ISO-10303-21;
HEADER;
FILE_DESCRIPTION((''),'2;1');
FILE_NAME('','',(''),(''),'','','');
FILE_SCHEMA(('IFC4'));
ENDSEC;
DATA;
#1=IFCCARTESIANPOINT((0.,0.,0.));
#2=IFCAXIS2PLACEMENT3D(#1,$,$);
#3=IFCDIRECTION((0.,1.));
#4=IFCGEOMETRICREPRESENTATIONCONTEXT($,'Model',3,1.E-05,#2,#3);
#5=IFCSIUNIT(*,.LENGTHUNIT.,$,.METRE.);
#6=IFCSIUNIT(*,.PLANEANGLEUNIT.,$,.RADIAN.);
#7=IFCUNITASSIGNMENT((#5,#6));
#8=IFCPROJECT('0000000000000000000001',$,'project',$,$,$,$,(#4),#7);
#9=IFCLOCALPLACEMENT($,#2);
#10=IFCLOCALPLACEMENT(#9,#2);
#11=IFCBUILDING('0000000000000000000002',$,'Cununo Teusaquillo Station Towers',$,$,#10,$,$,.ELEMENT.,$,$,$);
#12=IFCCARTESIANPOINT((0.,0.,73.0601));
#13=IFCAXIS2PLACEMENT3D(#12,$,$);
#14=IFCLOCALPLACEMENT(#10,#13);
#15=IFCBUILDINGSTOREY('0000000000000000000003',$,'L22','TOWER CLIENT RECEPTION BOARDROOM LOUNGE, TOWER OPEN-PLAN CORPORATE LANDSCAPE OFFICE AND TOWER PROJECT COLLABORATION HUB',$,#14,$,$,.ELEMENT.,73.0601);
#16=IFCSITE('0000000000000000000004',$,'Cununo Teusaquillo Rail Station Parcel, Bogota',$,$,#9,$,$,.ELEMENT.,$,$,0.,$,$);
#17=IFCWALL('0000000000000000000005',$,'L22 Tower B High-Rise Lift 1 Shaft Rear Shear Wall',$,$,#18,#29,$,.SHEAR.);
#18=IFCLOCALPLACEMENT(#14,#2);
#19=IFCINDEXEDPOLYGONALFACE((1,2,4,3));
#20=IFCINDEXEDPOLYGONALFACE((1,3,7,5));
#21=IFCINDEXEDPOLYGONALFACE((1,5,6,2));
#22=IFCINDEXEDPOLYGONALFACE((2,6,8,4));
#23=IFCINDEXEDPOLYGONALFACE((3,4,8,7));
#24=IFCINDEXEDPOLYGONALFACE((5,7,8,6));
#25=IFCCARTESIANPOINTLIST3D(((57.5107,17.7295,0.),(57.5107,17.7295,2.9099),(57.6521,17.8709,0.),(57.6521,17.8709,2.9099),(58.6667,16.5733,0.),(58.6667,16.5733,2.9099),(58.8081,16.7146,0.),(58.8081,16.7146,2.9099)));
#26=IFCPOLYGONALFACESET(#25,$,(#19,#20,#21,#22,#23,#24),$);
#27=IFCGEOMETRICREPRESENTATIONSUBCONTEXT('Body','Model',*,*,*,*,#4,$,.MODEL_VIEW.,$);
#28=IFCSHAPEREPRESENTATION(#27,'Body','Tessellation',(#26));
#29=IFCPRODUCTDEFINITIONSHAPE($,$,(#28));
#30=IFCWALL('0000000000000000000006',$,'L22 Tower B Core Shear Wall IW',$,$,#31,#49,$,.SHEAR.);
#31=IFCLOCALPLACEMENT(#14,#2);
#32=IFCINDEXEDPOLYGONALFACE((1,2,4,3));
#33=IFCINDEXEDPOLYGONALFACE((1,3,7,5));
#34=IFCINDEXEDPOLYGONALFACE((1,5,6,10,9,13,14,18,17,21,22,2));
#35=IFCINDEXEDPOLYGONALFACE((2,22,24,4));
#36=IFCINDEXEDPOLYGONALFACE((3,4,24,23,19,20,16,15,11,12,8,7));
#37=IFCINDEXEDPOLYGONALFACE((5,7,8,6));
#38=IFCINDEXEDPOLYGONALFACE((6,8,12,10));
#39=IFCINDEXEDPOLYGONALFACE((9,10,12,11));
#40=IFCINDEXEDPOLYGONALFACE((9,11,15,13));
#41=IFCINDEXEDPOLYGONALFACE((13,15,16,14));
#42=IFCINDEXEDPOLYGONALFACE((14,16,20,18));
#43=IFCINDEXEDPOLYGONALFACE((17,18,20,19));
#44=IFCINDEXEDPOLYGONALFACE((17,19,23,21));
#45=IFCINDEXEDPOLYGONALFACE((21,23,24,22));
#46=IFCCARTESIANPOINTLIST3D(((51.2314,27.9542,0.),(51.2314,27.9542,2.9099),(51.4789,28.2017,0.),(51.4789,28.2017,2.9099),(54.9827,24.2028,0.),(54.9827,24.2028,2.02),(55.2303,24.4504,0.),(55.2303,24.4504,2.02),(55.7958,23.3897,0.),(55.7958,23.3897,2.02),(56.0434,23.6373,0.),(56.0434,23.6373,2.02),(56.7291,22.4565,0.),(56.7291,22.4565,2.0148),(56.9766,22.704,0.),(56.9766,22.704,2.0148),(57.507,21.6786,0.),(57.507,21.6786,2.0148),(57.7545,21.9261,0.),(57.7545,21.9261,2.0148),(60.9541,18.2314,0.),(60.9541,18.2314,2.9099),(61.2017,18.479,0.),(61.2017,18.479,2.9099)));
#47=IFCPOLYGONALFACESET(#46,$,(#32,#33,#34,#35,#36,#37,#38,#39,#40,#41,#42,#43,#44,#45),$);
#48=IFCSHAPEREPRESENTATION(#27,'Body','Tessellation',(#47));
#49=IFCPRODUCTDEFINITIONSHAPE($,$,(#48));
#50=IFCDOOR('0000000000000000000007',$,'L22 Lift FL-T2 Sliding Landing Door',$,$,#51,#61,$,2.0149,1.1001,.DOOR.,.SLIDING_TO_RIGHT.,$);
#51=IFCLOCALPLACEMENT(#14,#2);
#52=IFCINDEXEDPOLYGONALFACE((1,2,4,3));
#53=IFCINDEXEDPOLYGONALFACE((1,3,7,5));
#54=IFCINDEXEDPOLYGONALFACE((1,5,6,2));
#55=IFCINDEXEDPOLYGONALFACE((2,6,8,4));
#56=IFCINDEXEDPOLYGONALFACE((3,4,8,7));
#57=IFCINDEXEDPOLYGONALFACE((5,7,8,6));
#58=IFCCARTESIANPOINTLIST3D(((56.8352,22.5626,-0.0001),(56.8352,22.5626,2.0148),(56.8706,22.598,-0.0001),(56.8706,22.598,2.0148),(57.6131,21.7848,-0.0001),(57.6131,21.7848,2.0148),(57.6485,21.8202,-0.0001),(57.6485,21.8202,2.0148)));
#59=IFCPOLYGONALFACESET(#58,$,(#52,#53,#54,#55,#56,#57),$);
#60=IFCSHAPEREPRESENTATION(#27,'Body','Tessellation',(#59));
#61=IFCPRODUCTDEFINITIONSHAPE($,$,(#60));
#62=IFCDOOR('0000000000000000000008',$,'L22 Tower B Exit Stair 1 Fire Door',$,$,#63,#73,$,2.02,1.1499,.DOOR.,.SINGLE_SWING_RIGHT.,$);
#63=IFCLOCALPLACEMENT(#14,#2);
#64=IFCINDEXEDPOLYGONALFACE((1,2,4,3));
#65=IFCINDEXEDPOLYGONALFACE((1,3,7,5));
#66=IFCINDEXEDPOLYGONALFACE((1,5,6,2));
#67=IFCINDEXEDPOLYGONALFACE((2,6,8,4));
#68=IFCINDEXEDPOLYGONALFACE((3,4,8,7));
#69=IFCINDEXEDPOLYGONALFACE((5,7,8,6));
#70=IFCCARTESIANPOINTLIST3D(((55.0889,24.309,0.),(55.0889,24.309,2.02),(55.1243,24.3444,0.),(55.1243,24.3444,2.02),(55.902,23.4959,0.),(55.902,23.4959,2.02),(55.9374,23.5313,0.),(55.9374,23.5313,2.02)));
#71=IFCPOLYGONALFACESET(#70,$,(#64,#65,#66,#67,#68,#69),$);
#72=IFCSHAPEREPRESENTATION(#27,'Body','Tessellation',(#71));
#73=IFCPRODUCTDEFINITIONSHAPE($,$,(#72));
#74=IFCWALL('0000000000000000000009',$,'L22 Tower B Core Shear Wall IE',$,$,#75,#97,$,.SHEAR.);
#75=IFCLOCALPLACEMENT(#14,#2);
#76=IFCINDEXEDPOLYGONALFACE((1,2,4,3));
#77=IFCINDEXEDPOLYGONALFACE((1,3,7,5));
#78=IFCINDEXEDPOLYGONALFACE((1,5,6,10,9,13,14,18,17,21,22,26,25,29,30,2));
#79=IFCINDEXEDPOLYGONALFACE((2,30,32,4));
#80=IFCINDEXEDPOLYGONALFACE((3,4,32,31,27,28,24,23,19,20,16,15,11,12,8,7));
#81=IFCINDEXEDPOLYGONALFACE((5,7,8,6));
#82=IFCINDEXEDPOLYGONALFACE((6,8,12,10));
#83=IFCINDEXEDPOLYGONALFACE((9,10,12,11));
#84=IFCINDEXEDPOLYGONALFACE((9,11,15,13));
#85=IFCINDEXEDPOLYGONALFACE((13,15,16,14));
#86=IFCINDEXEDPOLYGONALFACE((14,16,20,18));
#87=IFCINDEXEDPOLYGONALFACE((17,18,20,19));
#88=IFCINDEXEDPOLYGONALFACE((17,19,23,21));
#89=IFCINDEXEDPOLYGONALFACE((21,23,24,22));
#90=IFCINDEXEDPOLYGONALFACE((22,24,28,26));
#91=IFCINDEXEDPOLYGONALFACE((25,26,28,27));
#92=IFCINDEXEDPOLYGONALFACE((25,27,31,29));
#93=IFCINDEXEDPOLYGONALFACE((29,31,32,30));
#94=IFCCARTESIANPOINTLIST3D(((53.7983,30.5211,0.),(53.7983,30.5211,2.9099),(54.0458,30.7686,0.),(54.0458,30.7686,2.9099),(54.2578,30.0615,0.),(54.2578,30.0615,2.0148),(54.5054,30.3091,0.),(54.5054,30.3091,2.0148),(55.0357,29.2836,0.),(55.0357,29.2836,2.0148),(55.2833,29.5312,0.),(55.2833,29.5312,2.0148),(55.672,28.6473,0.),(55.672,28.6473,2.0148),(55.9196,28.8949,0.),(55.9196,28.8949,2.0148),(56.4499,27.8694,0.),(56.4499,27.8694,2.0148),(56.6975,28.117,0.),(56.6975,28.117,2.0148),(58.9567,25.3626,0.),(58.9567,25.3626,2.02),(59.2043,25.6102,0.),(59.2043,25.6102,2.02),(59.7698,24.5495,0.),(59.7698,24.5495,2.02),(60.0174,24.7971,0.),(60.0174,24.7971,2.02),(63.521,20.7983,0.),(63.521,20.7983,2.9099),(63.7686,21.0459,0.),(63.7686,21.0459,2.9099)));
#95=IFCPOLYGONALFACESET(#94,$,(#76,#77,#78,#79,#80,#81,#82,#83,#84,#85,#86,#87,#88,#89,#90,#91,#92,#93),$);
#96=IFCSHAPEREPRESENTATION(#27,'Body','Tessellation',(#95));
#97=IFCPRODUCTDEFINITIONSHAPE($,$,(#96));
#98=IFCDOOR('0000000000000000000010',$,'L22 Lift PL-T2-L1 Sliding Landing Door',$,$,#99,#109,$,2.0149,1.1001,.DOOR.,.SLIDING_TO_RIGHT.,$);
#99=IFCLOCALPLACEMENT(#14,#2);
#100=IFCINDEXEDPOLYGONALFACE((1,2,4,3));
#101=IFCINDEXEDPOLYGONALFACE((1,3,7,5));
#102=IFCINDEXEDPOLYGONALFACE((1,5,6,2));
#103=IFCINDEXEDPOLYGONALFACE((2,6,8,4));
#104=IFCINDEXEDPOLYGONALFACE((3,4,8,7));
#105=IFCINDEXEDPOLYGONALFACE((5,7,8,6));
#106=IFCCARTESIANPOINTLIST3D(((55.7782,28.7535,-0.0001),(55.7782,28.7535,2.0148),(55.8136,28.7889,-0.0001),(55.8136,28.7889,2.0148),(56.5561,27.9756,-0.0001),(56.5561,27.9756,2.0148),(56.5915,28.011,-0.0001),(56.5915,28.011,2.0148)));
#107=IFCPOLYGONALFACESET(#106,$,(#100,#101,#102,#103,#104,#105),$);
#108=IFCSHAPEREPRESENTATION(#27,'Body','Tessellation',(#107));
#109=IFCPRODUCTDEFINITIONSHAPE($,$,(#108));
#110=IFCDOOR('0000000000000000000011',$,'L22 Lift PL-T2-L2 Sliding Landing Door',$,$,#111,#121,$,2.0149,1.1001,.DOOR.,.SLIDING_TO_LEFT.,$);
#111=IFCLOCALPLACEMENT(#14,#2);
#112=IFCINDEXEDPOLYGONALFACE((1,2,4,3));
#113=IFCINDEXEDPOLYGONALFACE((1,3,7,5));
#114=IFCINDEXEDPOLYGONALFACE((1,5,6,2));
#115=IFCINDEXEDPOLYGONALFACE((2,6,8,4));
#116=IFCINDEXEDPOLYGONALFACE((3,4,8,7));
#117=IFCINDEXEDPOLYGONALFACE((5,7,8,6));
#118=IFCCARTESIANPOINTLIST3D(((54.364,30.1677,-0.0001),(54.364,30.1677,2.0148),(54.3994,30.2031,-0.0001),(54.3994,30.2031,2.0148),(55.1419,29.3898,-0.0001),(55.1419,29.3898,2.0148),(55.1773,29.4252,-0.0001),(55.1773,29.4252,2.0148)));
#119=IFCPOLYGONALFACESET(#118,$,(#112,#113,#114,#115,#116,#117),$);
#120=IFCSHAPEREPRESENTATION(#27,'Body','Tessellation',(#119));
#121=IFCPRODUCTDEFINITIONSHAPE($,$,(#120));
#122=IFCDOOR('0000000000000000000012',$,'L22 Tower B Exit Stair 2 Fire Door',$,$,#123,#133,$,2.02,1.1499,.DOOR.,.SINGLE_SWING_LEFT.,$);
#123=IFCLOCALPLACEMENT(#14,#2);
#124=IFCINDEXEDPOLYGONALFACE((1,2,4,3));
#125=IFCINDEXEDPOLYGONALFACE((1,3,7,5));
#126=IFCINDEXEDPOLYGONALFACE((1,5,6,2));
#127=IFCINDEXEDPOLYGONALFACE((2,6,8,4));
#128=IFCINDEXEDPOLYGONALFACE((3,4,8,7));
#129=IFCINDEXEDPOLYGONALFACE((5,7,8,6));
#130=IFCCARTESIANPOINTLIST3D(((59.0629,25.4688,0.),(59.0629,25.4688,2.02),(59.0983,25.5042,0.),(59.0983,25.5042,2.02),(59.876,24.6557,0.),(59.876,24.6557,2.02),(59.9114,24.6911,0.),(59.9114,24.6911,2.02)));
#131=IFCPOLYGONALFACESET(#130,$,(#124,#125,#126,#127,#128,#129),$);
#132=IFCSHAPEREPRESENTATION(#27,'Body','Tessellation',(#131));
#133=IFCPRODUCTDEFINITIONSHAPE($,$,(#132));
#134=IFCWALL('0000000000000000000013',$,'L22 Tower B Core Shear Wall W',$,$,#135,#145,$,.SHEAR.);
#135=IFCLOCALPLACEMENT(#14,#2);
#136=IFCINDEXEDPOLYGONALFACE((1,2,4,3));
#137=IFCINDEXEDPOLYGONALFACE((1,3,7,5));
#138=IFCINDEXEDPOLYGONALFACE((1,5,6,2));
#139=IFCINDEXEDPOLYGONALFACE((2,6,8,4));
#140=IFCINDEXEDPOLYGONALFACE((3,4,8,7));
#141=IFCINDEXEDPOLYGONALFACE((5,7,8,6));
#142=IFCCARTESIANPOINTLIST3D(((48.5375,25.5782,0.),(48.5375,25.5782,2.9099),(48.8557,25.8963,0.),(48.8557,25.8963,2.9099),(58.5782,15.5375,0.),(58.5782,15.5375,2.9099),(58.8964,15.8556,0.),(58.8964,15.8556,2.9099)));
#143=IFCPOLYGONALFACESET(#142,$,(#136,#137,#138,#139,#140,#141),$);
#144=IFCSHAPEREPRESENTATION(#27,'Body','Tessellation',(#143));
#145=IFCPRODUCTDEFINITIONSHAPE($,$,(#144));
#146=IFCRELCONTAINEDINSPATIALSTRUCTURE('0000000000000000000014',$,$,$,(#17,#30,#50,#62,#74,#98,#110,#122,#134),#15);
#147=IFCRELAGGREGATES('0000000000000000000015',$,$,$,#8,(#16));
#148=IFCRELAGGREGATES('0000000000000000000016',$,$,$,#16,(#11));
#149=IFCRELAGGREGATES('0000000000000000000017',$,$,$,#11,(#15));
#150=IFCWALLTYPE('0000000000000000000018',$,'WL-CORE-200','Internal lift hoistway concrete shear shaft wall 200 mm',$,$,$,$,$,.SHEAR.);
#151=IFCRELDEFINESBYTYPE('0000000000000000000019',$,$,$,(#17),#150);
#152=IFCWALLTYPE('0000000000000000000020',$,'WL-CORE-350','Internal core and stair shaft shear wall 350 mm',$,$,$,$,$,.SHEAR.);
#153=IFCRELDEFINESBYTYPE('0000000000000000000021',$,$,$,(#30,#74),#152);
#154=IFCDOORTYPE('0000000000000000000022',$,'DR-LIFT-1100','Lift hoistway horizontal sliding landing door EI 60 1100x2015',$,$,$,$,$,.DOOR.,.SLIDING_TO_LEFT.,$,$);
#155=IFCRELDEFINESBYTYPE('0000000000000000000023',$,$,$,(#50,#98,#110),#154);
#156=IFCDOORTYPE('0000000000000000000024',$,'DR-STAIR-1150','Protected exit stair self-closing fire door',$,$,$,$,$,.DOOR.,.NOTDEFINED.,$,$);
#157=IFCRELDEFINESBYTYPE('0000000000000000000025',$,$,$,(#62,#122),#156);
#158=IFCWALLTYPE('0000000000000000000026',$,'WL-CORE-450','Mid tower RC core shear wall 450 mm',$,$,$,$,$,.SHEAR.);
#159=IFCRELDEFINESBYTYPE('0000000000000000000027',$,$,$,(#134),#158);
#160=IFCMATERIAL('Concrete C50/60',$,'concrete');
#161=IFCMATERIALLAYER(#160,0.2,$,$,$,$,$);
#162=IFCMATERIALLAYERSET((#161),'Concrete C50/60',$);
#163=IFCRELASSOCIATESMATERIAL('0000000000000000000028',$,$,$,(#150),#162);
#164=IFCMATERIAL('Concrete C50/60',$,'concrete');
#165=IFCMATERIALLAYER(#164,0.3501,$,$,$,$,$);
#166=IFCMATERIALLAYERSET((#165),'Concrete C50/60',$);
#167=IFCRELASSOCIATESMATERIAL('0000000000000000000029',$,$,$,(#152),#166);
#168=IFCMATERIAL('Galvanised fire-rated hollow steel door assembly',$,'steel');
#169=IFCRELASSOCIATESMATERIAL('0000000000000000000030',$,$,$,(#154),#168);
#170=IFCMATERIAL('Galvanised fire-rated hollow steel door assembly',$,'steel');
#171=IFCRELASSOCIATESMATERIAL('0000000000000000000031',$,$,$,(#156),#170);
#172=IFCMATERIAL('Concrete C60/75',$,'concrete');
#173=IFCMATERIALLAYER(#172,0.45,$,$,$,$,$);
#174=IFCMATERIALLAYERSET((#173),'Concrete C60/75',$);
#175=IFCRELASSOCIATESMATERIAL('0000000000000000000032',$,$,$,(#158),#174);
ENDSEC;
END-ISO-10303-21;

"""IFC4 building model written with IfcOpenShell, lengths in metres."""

from ifc_helpers import new_model, si_unit, direction, frame, frame_2d, origin, place, context, subcontext, project, spatial, rectangle, extrude, source, transform, mapped, material, layer, layer_set, type_object, element, fill, save


model = new_model("IFC4")

# Units and contexts
model_context = context("Model", 3, precision=1e-05, world=origin(), true_north=direction((0.0, 1.0)))
body_context = subcontext(model_context, "Body", "Model", "MODEL_VIEW")
ifc_project = project(units=[si_unit("LENGTHUNIT", "METRE"), si_unit("PLANEANGLEUNIT", "RADIAN")], contexts=[model_context])

# Site, building, storey
site_placement = place(None, origin())
site = spatial("IfcSite", under=ifc_project, at=site_placement, Name="Cununo Teusaquillo Rail Station Parcel, Bogota", CompositionType="ELEMENT", RefElevation=0.0)
building_placement = place(site_placement, origin())
building = spatial("IfcBuilding", under=site, at=building_placement, Name="Cununo Teusaquillo Station Towers", CompositionType="ELEMENT")
storey_placement = place(building_placement, frame((0.0, 0.0, 73.0601)))
storey = spatial("IfcBuildingStorey", under=building, at=storey_placement, Name="L22", Description="TOWER CLIENT RECEPTION BOARDROOM LOUNGE, TOWER OPEN-PLAN CORPORATE LANDSCAPE OFFICE AND TOWER PROJECT COLLABORATION HUB", CompositionType="ELEMENT", Elevation=73.0601)

# Wall
ifc_material_1 = material(Name="Concrete C50/60", Category="concrete")
ifc_layer_1 = layer(ifc_material_1, 0.2)
ifc_layer_set_1 = layer_set([ifc_layer_1], Name="Concrete C50/60")
wall_type_1 = type_object("IfcWallType", Name="WL-CORE-200", Description="Internal lift hoistway concrete shear shaft wall 200 mm", PredefinedType="SHEAR", material=ifc_layer_set_1)
wall_1_placement = place(storey_placement, frame((58.7373, 16.644, 0.0), z_axis=(0.0, 0.0, 1.0), x_axis=(-0.707032, 0.707181, 0.0)))
element("IfcWall", 1, at=wall_1_placement, inside=storey, type_object=wall_type_1, Name="L22 Tower B High-Rise Lift 1 Shaft Rear Shear Wall", PredefinedType="SHEAR", context=body_context, shape_type="SweptSolid", body=[
    extrude(rectangle(XDim=1.635, YDim=0.2, at=frame_2d((0.8174, 0.0))), origin(), (0.0, 0.0, 1.0), 2.9099),
])

# Walls, openings, doors
ifc_material_2 = material(Name="Concrete C50/60", Category="concrete")
ifc_layer_2 = layer(ifc_material_2, 0.3501)
ifc_layer_set_2 = layer_set([ifc_layer_2], Name="Concrete C50/60")
wall_type_2 = type_object("IfcWallType", Name="WL-CORE-350", Description="Internal core and stair shaft shear wall 350 mm", PredefinedType="SHEAR", material=ifc_layer_set_2)
wall_2_placement = place(storey_placement, frame((61.0779, 18.3552, 0.0), z_axis=(0.0, 0.0, 1.0), x_axis=(-0.707107, 0.707107, 0.0)))
wall_2 = element("IfcWall", 2, at=wall_2_placement, inside=storey, type_object=wall_type_2, Name="L22 Tower B Core Shear Wall IW", PredefinedType="SHEAR", context=body_context, shape_type="SweptSolid", body=[
    extrude(rectangle(XDim=13.75, YDim=0.3501, at=frame_2d((6.875, 0.0))), origin(), (0.0, 0.0, 1.0), 2.9099),
])
shared_shape_1 = source(origin(), body_context, "Body", "SweptSolid", [
    extrude(rectangle(XDim=1.1001, YDim=2.0149, at=frame_2d((0.55, 1.0073))), frame((0.0, 0.1851, 0.0), z_axis=(0.0, -1.0, 0.0), x_axis=(1.0, 0.0, 0.0)), (0.0, 0.0, 1.0), 0.3701),
])
opening_1_placement = place(wall_2_placement, frame((4.875, 0.0, 0.0)))
opening_1 = element("IfcOpeningElement", 3, at=opening_1_placement, cuts=wall_2, PredefinedType="OPENING", context=body_context, shape_type="MappedRepresentation", body=[
    mapped(shared_shape_1, transform((0.0, 0.0, 0.0), x_axis=(1.0, 0.0, 0.0), y_axis=(0.0, 1.0, 0.0), z_axis=(0.0, 0.0, 1.0), scale=1.0)),
])
shared_shape_2 = source(origin(), body_context, "Body", "SweptSolid", [
    extrude(rectangle(XDim=1.1499, YDim=2.02, at=frame_2d((0.575, 1.01))), frame((0.0, 0.1851, 0.0), z_axis=(0.0, -1.0, 0.0), x_axis=(1.0, 0.0, 0.0)), (0.0, 0.0, 1.0), 0.3701),
])
opening_2_placement = place(wall_2_placement, frame((7.2949, 0.0, 0.0)))
opening_2 = element("IfcOpeningElement", 4, at=opening_2_placement, cuts=wall_2, PredefinedType="OPENING", context=body_context, shape_type="MappedRepresentation", body=[
    mapped(shared_shape_2, transform((0.0, 0.0, 0.0), x_axis=(1.0, 0.0, 0.0), y_axis=(0.0, 1.0, 0.0), z_axis=(0.0, 0.0, 1.0), scale=1.0)),
])
ifc_material_3 = material(Name="Galvanised fire-rated hollow steel door assembly", Category="steel")
door_type_1 = type_object("IfcDoorType", Name="DR-LIFT-1100", Description="Lift hoistway horizontal sliding landing door EI 60 1100x2015", OperationType="SLIDING_TO_LEFT", PredefinedType="DOOR", material=ifc_material_3)
shared_shape_3 = source(origin(), body_context, "Body", "SweptSolid", [
    extrude(rectangle(XDim=1.1001, YDim=2.0149, at=frame_2d((0.55, 1.0073))), frame((0.0, 0.0249, 0.0), z_axis=(0.0, -1.0, 0.0), x_axis=(1.0, 0.0, 0.0)), (0.0, 0.0, 1.0), 0.05),
])
door_1_placement = place(opening_1_placement, origin())
door_1 = element("IfcDoor", 5, at=door_1_placement, inside=storey, type_object=door_type_1, Name="L22 Lift FL-T2 Sliding Landing Door", OperationType="SLIDING_TO_RIGHT", OverallHeight=2.0149, OverallWidth=1.1001, PredefinedType="DOOR", context=body_context, shape_type="MappedRepresentation", body=[
    mapped(shared_shape_3, transform((0.0, 0.0, 0.0), x_axis=(1.0, 0.0, 0.0), y_axis=(0.0, 1.0, 0.0), z_axis=(0.0, 0.0, 1.0), scale=1.0)),
])
fill(opening_1, door_1)
ifc_material_4 = material(Name="Galvanised fire-rated hollow steel door assembly", Category="steel")
door_type_2 = type_object("IfcDoorType", Name="DR-STAIR-1150", Description="Protected exit stair self-closing fire door", OperationType="NOTDEFINED", PredefinedType="DOOR", material=ifc_material_4)
shared_shape_4 = source(origin(), body_context, "Body", "SweptSolid", [
    extrude(rectangle(XDim=1.1499, YDim=2.02, at=frame_2d((0.575, 1.01))), frame((0.0, 0.0249, 0.0), z_axis=(0.0, -1.0, 0.0), x_axis=(1.0, 0.0, 0.0)), (0.0, 0.0, 1.0), 0.05),
])
door_2_placement = place(opening_2_placement, origin())
door_2 = element("IfcDoor", 6, at=door_2_placement, inside=storey, type_object=door_type_2, Name="L22 Tower B Exit Stair 1 Fire Door", OperationType="SINGLE_SWING_RIGHT", OverallHeight=2.02, OverallWidth=1.1499, PredefinedType="DOOR", context=body_context, shape_type="MappedRepresentation", body=[
    mapped(shared_shape_4, transform((0.0, 0.0, 0.0), x_axis=(1.0, 0.0, 0.0), y_axis=(0.0, 1.0, 0.0), z_axis=(0.0, 0.0, 1.0), scale=1.0)),
])
fill(opening_2, door_2)
wall_3_placement = place(storey_placement, frame((63.6448, 20.9221, 0.0), z_axis=(0.0, 0.0, 1.0), x_axis=(-0.707107, 0.707107, 0.0)))
wall_3 = element("IfcWall", 7, at=wall_3_placement, inside=storey, type_object=wall_type_2, Name="L22 Tower B Core Shear Wall IE", PredefinedType="SHEAR", context=body_context, shape_type="SweptSolid", body=[
    extrude(rectangle(XDim=13.75, YDim=0.3501, at=frame_2d((6.875, 0.0))), origin(), (0.0, 0.0, 1.0), 2.9099),
])
opening_3_placement = place(wall_3_placement, frame((10.0, 0.0, 0.0)))
opening_3 = element("IfcOpeningElement", 8, at=opening_3_placement, cuts=wall_3, PredefinedType="OPENING", context=body_context, shape_type="MappedRepresentation", body=[
    mapped(shared_shape_1, transform((0.0, 0.0, 0.0), x_axis=(1.0, 0.0, 0.0), y_axis=(0.0, 1.0, 0.0), z_axis=(0.0, 0.0, 1.0), scale=1.0)),
])
opening_4_placement = place(wall_3_placement, frame((12.0, 0.0, 0.0)))
opening_4 = element("IfcOpeningElement", 9, at=opening_4_placement, cuts=wall_3, PredefinedType="OPENING", context=body_context, shape_type="MappedRepresentation", body=[
    mapped(shared_shape_1, transform((0.0, 0.0, 0.0), x_axis=(1.0, 0.0, 0.0), y_axis=(0.0, 1.0, 0.0), z_axis=(0.0, 0.0, 1.0), scale=1.0)),
])
opening_5_placement = place(wall_3_placement, frame((5.3049, 0.0, 0.0)))
opening_5 = element("IfcOpeningElement", 10, at=opening_5_placement, cuts=wall_3, PredefinedType="OPENING", context=body_context, shape_type="MappedRepresentation", body=[
    mapped(shared_shape_2, transform((0.0, 0.0, 0.0), x_axis=(1.0, 0.0, 0.0), y_axis=(0.0, 1.0, 0.0), z_axis=(0.0, 0.0, 1.0), scale=1.0)),
])
door_3_placement = place(opening_3_placement, origin())
door_3 = element("IfcDoor", 11, at=door_3_placement, inside=storey, type_object=door_type_1, Name="L22 Lift PL-T2-L1 Sliding Landing Door", OperationType="SLIDING_TO_RIGHT", OverallHeight=2.0149, OverallWidth=1.1001, PredefinedType="DOOR", context=body_context, shape_type="MappedRepresentation", body=[
    mapped(shared_shape_3, transform((0.0, 0.0, 0.0), x_axis=(1.0, 0.0, 0.0), y_axis=(0.0, 1.0, 0.0), z_axis=(0.0, 0.0, 1.0), scale=1.0)),
])
fill(opening_3, door_3)
door_4_placement = place(opening_4_placement, origin())
door_4 = element("IfcDoor", 12, at=door_4_placement, inside=storey, type_object=door_type_1, Name="L22 Lift PL-T2-L2 Sliding Landing Door", OperationType="SLIDING_TO_LEFT", OverallHeight=2.0149, OverallWidth=1.1001, PredefinedType="DOOR", context=body_context, shape_type="MappedRepresentation", body=[
    mapped(shared_shape_3, transform((0.0, 0.0, 0.0), x_axis=(1.0, 0.0, 0.0), y_axis=(0.0, 1.0, 0.0), z_axis=(0.0, 0.0, 1.0), scale=1.0)),
])
fill(opening_4, door_4)
door_5_placement = place(opening_5_placement, origin())
door_5 = element("IfcDoor", 13, at=door_5_placement, inside=storey, type_object=door_type_2, Name="L22 Tower B Exit Stair 2 Fire Door", OperationType="SINGLE_SWING_LEFT", OverallHeight=2.02, OverallWidth=1.1499, PredefinedType="DOOR", context=body_context, shape_type="MappedRepresentation", body=[
    mapped(shared_shape_4, transform((0.0, 0.0, 0.0), x_axis=(1.0, 0.0, 0.0), y_axis=(0.0, 1.0, 0.0), z_axis=(0.0, 0.0, 1.0), scale=1.0)),
])
fill(opening_5, door_5)

# Wall
ifc_material_5 = material(Name="Concrete C60/75", Category="concrete")
ifc_layer_3 = layer(ifc_material_5, 0.45)
ifc_layer_set_3 = layer_set([ifc_layer_3], Name="Concrete C60/75")
wall_type_3 = type_object("IfcWallType", Name="WL-CORE-450", Description="Mid tower RC core shear wall 450 mm", PredefinedType="SHEAR", material=ifc_layer_set_3)
wall_4_placement = place(storey_placement, frame((58.7373, 15.6965, 0.0), z_axis=(0.0, 0.0, 1.0), x_axis=(-0.707107, 0.707107, 0.0)))
element("IfcWall", 14, at=wall_4_placement, inside=storey, type_object=wall_type_3, Name="L22 Tower B Core Shear Wall W", PredefinedType="SHEAR", context=body_context, shape_type="SweptSolid", body=[
    extrude(rectangle(XDim=14.1997, YDim=0.45, at=frame_2d((7.0999, 0.0))), origin(), (0.0, 0.0, 1.0), 2.9099),
])

save(model, "model.ifc")
